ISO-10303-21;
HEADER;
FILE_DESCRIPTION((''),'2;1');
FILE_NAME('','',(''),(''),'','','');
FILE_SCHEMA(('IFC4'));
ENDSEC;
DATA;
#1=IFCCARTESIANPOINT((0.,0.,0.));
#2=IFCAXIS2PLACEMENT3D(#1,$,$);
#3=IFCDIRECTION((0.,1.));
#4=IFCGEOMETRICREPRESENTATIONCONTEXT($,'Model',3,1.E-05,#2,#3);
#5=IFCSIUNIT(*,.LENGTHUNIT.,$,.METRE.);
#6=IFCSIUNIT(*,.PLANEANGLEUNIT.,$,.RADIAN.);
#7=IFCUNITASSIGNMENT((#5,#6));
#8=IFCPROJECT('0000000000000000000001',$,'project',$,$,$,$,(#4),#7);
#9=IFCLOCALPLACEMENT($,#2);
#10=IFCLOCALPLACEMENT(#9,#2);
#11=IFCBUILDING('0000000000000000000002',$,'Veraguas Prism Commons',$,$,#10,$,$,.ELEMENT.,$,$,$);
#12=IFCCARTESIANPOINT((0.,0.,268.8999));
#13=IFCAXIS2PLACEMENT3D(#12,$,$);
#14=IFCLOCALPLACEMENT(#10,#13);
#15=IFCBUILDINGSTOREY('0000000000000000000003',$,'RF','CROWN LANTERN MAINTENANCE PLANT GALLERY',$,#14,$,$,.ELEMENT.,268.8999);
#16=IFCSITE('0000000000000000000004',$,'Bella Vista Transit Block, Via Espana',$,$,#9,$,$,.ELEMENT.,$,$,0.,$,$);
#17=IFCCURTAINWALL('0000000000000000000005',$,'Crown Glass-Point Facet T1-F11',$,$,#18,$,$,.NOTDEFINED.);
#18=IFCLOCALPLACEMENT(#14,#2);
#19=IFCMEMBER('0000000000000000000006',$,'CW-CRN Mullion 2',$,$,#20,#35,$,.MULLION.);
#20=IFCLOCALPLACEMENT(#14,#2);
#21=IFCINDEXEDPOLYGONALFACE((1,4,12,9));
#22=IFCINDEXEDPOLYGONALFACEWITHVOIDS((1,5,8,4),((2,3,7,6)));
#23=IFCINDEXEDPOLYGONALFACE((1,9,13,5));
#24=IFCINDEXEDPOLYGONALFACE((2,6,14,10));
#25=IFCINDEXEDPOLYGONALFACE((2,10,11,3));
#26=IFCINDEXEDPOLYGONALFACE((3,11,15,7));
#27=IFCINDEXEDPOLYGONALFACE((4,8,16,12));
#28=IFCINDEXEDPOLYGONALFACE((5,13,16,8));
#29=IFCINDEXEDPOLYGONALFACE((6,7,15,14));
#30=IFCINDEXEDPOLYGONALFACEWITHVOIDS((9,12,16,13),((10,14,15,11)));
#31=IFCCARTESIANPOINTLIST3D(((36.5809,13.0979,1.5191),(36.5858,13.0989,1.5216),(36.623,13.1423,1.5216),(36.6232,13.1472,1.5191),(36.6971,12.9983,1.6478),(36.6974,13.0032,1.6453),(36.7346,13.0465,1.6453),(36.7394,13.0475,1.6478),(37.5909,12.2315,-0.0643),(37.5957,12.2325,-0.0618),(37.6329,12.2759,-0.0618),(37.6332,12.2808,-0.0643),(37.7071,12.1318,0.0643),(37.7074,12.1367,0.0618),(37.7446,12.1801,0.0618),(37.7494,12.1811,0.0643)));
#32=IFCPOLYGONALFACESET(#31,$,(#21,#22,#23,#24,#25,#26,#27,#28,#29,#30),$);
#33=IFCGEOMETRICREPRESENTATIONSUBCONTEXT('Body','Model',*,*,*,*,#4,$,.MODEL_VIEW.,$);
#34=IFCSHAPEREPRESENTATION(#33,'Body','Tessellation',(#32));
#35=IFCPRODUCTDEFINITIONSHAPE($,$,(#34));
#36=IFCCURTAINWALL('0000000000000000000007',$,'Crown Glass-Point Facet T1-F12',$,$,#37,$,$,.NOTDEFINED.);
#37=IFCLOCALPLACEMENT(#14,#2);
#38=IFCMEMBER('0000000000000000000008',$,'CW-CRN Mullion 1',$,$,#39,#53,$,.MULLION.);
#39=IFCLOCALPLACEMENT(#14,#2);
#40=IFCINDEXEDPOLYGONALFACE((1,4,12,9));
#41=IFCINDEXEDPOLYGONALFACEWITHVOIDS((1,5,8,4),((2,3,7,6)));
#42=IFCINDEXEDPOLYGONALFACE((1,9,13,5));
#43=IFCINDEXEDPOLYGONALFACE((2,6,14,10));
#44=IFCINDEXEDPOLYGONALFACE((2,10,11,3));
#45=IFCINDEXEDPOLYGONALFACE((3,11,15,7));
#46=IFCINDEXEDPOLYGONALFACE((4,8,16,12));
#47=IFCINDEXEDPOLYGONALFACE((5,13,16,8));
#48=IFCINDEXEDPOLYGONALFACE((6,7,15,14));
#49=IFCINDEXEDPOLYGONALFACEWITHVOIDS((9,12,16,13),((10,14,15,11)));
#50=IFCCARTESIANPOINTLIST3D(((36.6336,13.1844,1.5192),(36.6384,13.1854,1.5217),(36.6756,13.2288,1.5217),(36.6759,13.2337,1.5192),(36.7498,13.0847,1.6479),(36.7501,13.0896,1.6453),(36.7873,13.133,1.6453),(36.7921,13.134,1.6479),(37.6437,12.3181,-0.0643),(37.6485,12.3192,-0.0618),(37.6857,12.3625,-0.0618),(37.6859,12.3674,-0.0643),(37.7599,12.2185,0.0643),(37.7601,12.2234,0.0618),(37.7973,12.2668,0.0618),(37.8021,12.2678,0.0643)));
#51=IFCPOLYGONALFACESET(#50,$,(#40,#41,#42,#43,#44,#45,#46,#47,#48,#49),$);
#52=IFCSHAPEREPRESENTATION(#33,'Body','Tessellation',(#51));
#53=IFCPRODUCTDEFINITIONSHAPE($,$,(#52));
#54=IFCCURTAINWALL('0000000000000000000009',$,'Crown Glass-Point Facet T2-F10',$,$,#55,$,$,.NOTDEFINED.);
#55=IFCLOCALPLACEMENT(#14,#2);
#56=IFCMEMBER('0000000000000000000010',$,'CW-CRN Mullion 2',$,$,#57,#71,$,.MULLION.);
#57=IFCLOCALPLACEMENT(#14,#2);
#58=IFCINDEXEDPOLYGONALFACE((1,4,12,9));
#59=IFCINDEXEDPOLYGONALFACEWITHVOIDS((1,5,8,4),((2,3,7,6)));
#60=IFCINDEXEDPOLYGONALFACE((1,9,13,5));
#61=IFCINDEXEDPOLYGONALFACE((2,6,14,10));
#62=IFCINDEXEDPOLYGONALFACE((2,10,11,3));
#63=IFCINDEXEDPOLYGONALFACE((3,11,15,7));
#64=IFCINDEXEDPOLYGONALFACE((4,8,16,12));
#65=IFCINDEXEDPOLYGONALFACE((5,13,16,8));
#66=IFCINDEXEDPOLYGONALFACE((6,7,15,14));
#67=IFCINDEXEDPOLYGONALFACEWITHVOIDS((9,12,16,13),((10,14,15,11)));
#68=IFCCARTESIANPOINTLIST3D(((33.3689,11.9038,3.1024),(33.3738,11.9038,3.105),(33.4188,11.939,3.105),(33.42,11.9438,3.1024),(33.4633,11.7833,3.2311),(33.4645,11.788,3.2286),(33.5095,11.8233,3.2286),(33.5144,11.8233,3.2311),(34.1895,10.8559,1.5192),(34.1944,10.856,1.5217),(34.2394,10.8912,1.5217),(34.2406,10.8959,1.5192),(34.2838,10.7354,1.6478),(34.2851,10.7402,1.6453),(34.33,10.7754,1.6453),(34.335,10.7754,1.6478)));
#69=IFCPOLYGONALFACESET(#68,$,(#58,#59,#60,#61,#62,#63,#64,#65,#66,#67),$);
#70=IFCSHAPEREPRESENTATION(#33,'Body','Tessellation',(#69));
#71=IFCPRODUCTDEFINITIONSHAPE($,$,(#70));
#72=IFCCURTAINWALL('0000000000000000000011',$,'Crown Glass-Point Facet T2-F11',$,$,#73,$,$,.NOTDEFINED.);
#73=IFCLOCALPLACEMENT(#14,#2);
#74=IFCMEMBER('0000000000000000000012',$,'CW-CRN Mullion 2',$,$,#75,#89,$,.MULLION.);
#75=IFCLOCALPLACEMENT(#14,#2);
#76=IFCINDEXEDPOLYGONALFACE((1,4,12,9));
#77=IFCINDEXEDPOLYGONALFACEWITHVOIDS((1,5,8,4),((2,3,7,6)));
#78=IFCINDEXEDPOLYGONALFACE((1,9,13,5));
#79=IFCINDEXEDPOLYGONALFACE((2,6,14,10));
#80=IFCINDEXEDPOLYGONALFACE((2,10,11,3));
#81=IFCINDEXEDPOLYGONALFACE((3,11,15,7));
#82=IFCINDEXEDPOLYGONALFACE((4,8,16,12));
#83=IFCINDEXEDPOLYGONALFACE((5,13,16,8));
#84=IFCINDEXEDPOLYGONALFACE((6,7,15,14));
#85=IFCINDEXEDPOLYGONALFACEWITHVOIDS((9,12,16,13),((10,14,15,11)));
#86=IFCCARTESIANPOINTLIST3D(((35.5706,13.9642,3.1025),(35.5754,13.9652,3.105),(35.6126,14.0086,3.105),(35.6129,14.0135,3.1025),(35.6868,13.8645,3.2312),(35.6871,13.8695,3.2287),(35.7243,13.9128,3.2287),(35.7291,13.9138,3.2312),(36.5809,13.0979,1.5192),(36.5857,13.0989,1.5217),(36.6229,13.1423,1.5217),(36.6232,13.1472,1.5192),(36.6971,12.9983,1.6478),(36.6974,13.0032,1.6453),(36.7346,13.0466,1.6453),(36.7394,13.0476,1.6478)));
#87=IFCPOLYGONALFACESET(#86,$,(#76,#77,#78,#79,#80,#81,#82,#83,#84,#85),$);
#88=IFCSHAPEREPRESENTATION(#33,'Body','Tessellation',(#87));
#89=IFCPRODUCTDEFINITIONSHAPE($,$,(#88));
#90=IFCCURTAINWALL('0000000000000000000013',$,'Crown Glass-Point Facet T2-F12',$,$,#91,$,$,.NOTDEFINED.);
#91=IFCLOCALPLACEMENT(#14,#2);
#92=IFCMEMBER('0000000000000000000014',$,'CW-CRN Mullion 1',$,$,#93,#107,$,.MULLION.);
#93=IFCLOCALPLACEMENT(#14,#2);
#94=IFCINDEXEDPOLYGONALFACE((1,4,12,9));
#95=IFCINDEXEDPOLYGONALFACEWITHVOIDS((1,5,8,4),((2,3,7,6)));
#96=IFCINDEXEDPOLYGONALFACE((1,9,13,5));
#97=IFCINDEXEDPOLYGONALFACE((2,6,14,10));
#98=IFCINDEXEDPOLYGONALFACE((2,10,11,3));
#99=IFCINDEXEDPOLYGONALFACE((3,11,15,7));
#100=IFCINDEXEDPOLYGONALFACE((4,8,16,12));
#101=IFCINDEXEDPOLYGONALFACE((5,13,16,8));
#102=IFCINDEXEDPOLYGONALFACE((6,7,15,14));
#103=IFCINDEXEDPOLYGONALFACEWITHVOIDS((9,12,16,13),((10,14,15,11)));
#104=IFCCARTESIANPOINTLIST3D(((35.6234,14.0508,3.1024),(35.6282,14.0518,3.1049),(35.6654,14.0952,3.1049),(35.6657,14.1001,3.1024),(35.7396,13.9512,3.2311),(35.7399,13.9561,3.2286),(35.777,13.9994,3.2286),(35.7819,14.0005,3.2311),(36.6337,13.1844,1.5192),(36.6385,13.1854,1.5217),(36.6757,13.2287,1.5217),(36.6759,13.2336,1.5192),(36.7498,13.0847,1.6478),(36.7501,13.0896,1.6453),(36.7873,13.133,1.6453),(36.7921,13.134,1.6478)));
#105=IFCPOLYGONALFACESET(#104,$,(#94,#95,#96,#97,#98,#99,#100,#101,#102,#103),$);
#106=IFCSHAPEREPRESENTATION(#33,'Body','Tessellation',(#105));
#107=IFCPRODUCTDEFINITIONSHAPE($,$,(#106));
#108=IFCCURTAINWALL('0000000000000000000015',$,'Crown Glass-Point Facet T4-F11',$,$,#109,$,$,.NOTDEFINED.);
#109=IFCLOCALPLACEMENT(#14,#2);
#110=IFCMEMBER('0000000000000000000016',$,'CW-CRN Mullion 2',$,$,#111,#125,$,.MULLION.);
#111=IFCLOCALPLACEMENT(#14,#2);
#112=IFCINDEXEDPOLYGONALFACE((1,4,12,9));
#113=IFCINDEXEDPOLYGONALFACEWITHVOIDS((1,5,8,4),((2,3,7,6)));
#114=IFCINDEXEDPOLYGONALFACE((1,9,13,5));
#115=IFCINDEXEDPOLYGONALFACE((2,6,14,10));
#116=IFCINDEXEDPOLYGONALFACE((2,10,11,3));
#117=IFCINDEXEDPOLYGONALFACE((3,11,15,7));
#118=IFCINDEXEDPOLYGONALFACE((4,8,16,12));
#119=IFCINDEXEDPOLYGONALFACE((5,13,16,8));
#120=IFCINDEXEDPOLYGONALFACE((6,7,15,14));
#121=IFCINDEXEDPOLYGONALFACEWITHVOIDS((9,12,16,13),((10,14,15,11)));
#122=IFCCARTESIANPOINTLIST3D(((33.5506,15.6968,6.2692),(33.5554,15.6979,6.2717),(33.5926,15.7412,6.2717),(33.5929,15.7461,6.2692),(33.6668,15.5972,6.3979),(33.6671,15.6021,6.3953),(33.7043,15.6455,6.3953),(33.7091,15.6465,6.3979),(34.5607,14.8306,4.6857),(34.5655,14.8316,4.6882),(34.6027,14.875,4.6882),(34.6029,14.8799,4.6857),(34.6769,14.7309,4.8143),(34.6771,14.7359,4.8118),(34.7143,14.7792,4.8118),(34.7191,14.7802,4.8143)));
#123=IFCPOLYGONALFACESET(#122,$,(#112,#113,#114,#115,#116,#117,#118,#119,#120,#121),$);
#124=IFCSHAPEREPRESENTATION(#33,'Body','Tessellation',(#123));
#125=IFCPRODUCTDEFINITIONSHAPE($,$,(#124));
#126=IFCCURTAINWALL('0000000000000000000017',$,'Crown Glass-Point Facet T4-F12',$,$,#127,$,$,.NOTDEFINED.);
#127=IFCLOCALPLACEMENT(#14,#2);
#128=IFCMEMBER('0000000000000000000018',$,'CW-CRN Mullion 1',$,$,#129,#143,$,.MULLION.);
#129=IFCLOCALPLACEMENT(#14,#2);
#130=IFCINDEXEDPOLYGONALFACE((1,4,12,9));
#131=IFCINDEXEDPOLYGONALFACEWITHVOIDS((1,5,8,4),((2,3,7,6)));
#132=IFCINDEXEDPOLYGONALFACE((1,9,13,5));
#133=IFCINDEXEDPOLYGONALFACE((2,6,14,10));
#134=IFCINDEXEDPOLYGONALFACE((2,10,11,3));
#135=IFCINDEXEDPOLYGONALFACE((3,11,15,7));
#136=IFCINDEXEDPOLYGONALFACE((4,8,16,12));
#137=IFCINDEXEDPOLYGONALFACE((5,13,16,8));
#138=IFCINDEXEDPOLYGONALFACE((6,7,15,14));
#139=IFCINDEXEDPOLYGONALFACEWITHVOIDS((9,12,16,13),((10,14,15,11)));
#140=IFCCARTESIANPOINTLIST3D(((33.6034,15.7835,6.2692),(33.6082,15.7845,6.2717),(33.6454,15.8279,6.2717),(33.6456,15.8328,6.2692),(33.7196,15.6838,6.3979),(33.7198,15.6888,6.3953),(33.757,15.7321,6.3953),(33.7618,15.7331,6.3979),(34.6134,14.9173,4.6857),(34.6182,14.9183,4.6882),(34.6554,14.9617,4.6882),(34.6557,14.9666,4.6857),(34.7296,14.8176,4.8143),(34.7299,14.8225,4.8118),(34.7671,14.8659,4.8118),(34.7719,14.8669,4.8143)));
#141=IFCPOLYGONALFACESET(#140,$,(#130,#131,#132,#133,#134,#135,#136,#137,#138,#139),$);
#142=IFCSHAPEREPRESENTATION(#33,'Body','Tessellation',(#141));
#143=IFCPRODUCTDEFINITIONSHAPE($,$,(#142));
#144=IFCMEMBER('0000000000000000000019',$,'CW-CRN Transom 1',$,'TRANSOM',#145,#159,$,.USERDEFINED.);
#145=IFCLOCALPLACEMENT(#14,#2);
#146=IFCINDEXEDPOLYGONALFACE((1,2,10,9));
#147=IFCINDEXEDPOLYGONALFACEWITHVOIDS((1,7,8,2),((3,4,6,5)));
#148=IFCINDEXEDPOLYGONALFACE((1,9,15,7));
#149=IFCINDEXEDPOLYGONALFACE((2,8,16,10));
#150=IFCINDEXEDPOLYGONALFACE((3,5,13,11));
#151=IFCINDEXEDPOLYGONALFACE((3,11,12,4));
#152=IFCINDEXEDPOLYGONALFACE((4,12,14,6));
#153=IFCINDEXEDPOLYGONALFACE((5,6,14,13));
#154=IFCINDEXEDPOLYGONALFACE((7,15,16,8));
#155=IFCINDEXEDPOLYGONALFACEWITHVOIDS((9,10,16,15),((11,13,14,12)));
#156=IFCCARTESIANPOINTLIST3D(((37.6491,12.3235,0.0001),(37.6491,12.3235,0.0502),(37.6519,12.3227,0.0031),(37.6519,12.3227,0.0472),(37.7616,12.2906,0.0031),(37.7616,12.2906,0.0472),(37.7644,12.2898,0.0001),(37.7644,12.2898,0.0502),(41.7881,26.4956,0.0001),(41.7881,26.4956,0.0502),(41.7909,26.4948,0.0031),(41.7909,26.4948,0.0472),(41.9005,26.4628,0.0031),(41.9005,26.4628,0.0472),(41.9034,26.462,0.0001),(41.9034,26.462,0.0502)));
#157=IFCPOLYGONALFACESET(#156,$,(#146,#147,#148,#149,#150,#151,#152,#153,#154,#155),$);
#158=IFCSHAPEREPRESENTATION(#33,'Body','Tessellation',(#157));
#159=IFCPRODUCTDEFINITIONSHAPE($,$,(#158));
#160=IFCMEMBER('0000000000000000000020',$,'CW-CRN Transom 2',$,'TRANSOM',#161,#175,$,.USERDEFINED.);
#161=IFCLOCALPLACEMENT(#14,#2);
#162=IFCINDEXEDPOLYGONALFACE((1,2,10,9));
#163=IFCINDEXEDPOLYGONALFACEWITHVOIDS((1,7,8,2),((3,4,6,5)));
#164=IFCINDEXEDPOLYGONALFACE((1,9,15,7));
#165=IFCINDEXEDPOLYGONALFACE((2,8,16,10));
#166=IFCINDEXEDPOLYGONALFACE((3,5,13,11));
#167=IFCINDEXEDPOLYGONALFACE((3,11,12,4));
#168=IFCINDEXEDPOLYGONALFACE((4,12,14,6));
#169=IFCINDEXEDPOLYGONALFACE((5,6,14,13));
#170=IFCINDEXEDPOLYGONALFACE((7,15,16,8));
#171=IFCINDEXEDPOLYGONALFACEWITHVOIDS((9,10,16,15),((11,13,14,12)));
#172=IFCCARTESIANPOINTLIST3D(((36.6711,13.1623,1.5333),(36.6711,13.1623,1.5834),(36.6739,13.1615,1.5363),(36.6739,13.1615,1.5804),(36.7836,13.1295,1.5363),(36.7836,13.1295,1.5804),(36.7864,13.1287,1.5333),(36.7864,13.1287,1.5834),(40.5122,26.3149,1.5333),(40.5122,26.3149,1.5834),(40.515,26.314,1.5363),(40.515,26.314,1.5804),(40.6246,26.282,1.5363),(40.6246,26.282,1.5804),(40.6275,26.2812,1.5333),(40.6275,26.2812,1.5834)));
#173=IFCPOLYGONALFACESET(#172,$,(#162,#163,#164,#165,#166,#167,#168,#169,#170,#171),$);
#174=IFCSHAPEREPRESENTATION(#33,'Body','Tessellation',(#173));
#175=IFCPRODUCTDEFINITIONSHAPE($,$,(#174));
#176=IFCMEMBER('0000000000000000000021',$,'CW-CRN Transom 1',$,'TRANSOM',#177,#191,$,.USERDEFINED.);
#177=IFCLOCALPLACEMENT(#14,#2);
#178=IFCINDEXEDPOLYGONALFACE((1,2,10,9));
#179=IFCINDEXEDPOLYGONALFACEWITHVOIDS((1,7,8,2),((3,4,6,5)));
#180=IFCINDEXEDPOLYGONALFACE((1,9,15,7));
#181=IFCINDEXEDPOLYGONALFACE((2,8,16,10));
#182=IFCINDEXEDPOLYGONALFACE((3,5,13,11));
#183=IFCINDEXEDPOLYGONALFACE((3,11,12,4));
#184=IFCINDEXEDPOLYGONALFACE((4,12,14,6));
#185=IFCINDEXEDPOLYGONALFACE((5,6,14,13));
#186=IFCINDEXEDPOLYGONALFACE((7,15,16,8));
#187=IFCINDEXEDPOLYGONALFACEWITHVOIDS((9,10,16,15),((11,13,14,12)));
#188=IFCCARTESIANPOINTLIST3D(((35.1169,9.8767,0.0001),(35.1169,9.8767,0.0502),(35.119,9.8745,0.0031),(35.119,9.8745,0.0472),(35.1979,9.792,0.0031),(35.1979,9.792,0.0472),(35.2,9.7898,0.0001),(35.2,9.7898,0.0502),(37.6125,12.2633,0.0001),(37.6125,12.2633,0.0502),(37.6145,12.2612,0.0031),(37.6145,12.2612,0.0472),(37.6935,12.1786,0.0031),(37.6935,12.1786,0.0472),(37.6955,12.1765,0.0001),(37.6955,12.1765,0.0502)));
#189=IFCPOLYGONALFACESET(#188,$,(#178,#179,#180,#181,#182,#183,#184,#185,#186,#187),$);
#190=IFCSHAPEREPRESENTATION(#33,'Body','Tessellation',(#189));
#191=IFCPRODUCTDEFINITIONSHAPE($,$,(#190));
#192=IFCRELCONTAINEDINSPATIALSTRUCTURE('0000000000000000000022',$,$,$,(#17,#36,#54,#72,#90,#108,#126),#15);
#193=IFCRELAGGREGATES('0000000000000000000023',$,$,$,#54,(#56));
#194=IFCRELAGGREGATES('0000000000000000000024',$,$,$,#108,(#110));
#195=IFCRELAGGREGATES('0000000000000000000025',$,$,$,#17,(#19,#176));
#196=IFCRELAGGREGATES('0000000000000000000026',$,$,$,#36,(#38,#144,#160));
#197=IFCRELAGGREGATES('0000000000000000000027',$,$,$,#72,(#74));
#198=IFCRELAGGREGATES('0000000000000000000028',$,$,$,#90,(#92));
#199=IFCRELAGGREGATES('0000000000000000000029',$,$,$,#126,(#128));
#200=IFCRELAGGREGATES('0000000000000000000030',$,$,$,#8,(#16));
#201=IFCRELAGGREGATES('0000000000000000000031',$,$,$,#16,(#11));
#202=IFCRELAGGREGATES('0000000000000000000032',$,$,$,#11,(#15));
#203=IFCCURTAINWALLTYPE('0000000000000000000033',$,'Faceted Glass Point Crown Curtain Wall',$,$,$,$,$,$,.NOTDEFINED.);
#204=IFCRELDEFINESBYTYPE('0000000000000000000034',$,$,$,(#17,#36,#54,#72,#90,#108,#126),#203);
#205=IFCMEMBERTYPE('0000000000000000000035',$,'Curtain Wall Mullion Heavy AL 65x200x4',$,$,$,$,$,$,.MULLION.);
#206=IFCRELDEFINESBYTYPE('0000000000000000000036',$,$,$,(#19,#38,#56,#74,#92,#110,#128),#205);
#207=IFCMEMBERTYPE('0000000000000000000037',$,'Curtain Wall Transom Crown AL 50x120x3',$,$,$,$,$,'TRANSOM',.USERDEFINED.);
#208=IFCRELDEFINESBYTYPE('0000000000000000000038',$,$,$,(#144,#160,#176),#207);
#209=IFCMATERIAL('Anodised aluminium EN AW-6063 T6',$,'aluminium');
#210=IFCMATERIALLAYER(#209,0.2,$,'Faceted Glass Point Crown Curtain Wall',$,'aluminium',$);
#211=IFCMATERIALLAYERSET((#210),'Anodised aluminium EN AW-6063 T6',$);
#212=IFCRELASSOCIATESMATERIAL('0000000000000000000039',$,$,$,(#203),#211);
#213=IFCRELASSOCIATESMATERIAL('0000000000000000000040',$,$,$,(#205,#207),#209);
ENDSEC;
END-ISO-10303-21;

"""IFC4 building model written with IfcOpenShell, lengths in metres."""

from ifc_helpers import new_model, si_unit, direction, frame, origin, origin_2d, place, context, subcontext, project, spatial, hollow_rectangle, extrude, source, transform, mapped, material, layer, layer_set, material_profile, profile_set, type_object, element, aggregate, save


model = new_model("IFC4")

# Units and contexts
model_context = context("Model", 3, precision=1e-05, world=origin(), true_north=direction((0.0, 1.0)))
body_context = subcontext(model_context, "Body", "Model", "MODEL_VIEW")
ifc_project = project(units=[si_unit("LENGTHUNIT", "METRE"), si_unit("PLANEANGLEUNIT", "RADIAN")], contexts=[model_context])

# Site, building, storey
site_placement = place(None, origin())
site = spatial("IfcSite", under=ifc_project, at=site_placement, Name="Bella Vista Transit Block, Via Espana", CompositionType="ELEMENT", RefElevation=0.0)
building_placement = place(site_placement, origin())
building = spatial("IfcBuilding", under=site, at=building_placement, Name="Veraguas Prism Commons", CompositionType="ELEMENT")
storey_placement = place(building_placement, frame((0.0, 0.0, 268.8999)))
storey = spatial("IfcBuildingStorey", under=building, at=storey_placement, Name="RF", Description="CROWN LANTERN MAINTENANCE PLANT GALLERY", CompositionType="ELEMENT", Elevation=268.8999)

# Shared definitions
ifc_material_1 = material(Name="Anodised aluminium EN AW-6063 T6", Category="aluminium")
ifc_layer_1 = layer(ifc_material_1, 0.2, Name="Faceted Glass Point Crown Curtain Wall", Category="aluminium")
ifc_layer_set_1 = layer_set([ifc_layer_1], Name="Anodised aluminium EN AW-6063 T6")
curtain_wall_type = type_object("IfcCurtainWallType", Name="Faceted Glass Point Crown Curtain Wall", PredefinedType="NOTDEFINED", material=ifc_layer_set_1)
ifc_material_profile_1 = material_profile(ifc_material_1, hollow_rectangle(XDim=0.0649, YDim=0.2, WallThickness=0.0039, at=origin_2d()), Name="AL65X200X4")
ifc_profile_set_1 = profile_set([ifc_material_profile_1], Name="Anodised aluminium EN AW-6063 T6")
member_type_1 = type_object("IfcMemberType", Name="Curtain Wall Mullion Heavy AL 65x200x4", PredefinedType="MULLION", material=ifc_profile_set_1)
shared_shape_1 = source(origin(), body_context, "Body", "SweptSolid", [
    extrude(hollow_rectangle(XDim=0.0649, YDim=0.2, WallThickness=0.0039, at=origin_2d()), origin(), (0.0, 0.0, 1.0), 2.0684),
])

# Curtain wall, member
curtain_wall_1_placement = place(storey_placement, origin())
curtain_wall_1 = element("IfcCurtainWall", 1, at=curtain_wall_1_placement, inside=storey, type_object=curtain_wall_type, Name="Crown Glass-Point Facet T1-F11", PredefinedType="NOTDEFINED")
member_1_placement = place(storey_placement, frame((37.6702, 12.2063, 0.0), z_axis=(-0.488302, 0.418899, 0.765562), x_axis=(-0.651109, -0.758985, 0.0)))
member_1 = element("IfcMember", 2, at=member_1_placement, type_object=member_type_1, Name="CW-CRN Mullion 2", PredefinedType="MULLION", context=body_context, shape_type="MappedRepresentation", body=[
    mapped(shared_shape_1, transform((0.0, 0.0, 0.0), scale=1.0)),
])

# Curtain walls, members
curtain_wall_2_placement = place(storey_placement, origin())
curtain_wall_2 = element("IfcCurtainWall", 3, at=curtain_wall_2_placement, inside=storey, type_object=curtain_wall_type, Name="Crown Glass-Point Facet T1-F12", PredefinedType="NOTDEFINED")
member_2_placement = place(storey_placement, frame((37.7229, 12.293, 0.0), z_axis=(-0.488326, 0.418802, 0.765599), x_axis=(-0.651003, -0.759075, 0.0)))
member_2 = element("IfcMember", 4, at=member_2_placement, type_object=member_type_1, Name="CW-CRN Mullion 1", PredefinedType="MULLION", context=body_context, shape_type="MappedRepresentation", body=[
    mapped(shared_shape_1, transform((0.0, 0.0, 0.0), scale=1.0)),
])
curtain_wall_3_placement = place(storey_placement, origin())
curtain_wall_3 = element("IfcCurtainWall", 5, at=curtain_wall_3_placement, inside=storey, type_object=curtain_wall_type, Name="Crown Glass-Point Facet T2-F10", PredefinedType="NOTDEFINED")
member_3_placement = place(storey_placement, frame((34.2622, 10.8157, 1.5835), z_axis=(-0.396724, 0.506617, 0.765473), x_axis=(-0.787323, -0.616541, 0.0)))
member_3 = element("IfcMember", 6, at=member_3_placement, type_object=member_type_1, Name="CW-CRN Mullion 2", PredefinedType="MULLION", context=body_context, shape_type="MappedRepresentation", body=[
    mapped(shared_shape_1, transform((0.0, 0.0, 0.0), scale=1.0)),
])
aggregate(curtain_wall_3, [member_3])
curtain_wall_4_placement = place(storey_placement, origin())
curtain_wall_4 = element("IfcCurtainWall", 7, at=curtain_wall_4_placement, inside=storey, type_object=curtain_wall_type, Name="Crown Glass-Point Facet T2-F11", PredefinedType="NOTDEFINED")
member_4_placement = place(storey_placement, frame((36.6602, 13.0728, 1.5835), z_axis=(-0.48846, 0.418815, 0.765506), x_axis=(-0.650912, -0.759153, 0.0)))
member_4 = element("IfcMember", 8, at=member_4_placement, type_object=member_type_1, Name="CW-CRN Mullion 2", PredefinedType="MULLION", context=body_context, shape_type="MappedRepresentation", body=[
    mapped(shared_shape_1, transform((0.0, 0.0, 0.0), scale=1.0)),
])
curtain_wall_5_placement = place(storey_placement, origin())
curtain_wall_5 = element("IfcCurtainWall", 9, at=curtain_wall_5_placement, inside=storey, type_object=curtain_wall_type, Name="Crown Glass-Point Facet T2-F12", PredefinedType="NOTDEFINED")
member_5_placement = place(storey_placement, frame((36.7129, 13.1592, 1.5835), z_axis=(-0.488436, 0.418913, 0.765469), x_axis=(-0.651018, -0.759062, 0.0)))
member_5 = element("IfcMember", 10, at=member_5_placement, type_object=member_type_1, Name="CW-CRN Mullion 1", PredefinedType="MULLION", context=body_context, shape_type="MappedRepresentation", body=[
    mapped(shared_shape_1, transform((0.0, 0.0, 0.0), scale=1.0)),
])
curtain_wall_6_placement = place(storey_placement, origin())
curtain_wall_6 = element("IfcCurtainWall", 11, at=curtain_wall_6_placement, inside=storey, type_object=curtain_wall_type, Name="Crown Glass-Point Facet T4-F11", PredefinedType="NOTDEFINED")
member_6_placement = place(storey_placement, frame((34.6399, 14.8054, 4.75), z_axis=(-0.488326, 0.418802, 0.765599), x_axis=(-0.651003, -0.759075, 0.0)))
member_6 = element("IfcMember", 12, at=member_6_placement, type_object=member_type_1, Name="CW-CRN Mullion 2", PredefinedType="MULLION", context=body_context, shape_type="MappedRepresentation", body=[
    mapped(shared_shape_1, transform((0.0, 0.0, 0.0), scale=1.0)),
])
aggregate(curtain_wall_6, [member_6])
curtain_wall_7_placement = place(storey_placement, origin())
curtain_wall_7 = element("IfcCurtainWall", 13, at=curtain_wall_7_placement, inside=storey, type_object=curtain_wall_type, Name="Crown Glass-Point Facet T4-F12", PredefinedType="NOTDEFINED")
member_7_placement = place(storey_placement, frame((34.6926, 14.8921, 4.75), z_axis=(-0.488326, 0.418802, 0.765599), x_axis=(-0.651003, -0.759075, 0.0)))
member_7 = element("IfcMember", 14, at=member_7_placement, type_object=member_type_1, Name="CW-CRN Mullion 1", PredefinedType="MULLION", context=body_context, shape_type="MappedRepresentation", body=[
    mapped(shared_shape_1, transform((0.0, 0.0, 0.0), scale=1.0)),
])

# Members
ifc_material_profile_2 = material_profile(ifc_material_1, hollow_rectangle(XDim=0.05, YDim=0.1201, WallThickness=0.0029, at=origin_2d()), Name="AL50X120X3")
ifc_profile_set_2 = profile_set([ifc_material_profile_2], Name="Anodised aluminium EN AW-6063 T6")
member_type_2 = type_object("IfcMemberType", Name="Curtain Wall Transom Crown AL 50x120x3", ElementType="TRANSOM", PredefinedType="USERDEFINED", material=ifc_profile_set_2)
shared_shape_2 = source(origin(), body_context, "Body", "SweptSolid", [
    extrude(hollow_rectangle(XDim=0.05, YDim=0.1201, WallThickness=0.0029, at=origin_2d()), origin(), (0.0, 0.0, 1.0), 14.7642),
])
member_8_placement = place(storey_placement, frame((37.7068, 12.3066, 0.0251), z_axis=(0.280336, 0.959902, 0.0), x_axis=(0.0, 0.0, 1.0)))
member_8 = element("IfcMember", 15, at=member_8_placement, type_object=member_type_2, Name="CW-CRN Transom 1", ObjectType="TRANSOM", PredefinedType="USERDEFINED", context=body_context, shape_type="MappedRepresentation", body=[
    mapped(shared_shape_2, transform((0.0, 0.0, 0.0), scale=1.0)),
])
shared_shape_3 = source(origin(), body_context, "Body", "SweptSolid", [
    extrude(hollow_rectangle(XDim=0.05, YDim=0.1201, WallThickness=0.0029, at=origin_2d()), origin(), (0.0, 0.0, 1.0), 13.7019),
])
member_9_placement = place(storey_placement, frame((36.7288, 13.1455, 1.5583), z_axis=(0.280329, 0.959904, 0.0), x_axis=(0.0, 0.0, 1.0)))
member_9 = element("IfcMember", 16, at=member_9_placement, type_object=member_type_2, Name="CW-CRN Transom 2", ObjectType="TRANSOM", PredefinedType="USERDEFINED", context=body_context, shape_type="MappedRepresentation", body=[
    mapped(shared_shape_3, transform((0.0, 0.0, 0.0), scale=1.0)),
])
shared_shape_4 = source(origin(), body_context, "Body", "SweptSolid", [
    extrude(hollow_rectangle(XDim=0.05, YDim=0.1201, WallThickness=0.0029, at=origin_2d()), origin(), (0.0, 0.0, 1.0), 3.4531),
])
member_10_placement = place(storey_placement, frame((35.1584, 9.8333, 0.0251), z_axis=(0.722697, 0.691165, 0.0), x_axis=(0.0, 0.0, 1.0)))
member_10 = element("IfcMember", 17, at=member_10_placement, type_object=member_type_2, Name="CW-CRN Transom 1", ObjectType="TRANSOM", PredefinedType="USERDEFINED", context=body_context, shape_type="MappedRepresentation", body=[
    mapped(shared_shape_4, transform((0.0, 0.0, 0.0), scale=1.0)),
])

aggregate(curtain_wall_1, [member_1, member_10])
aggregate(curtain_wall_2, [member_2, member_8, member_9])
aggregate(curtain_wall_4, [member_4])
aggregate(curtain_wall_5, [member_5])
aggregate(curtain_wall_7, [member_7])

save(model, "model.ifc")
